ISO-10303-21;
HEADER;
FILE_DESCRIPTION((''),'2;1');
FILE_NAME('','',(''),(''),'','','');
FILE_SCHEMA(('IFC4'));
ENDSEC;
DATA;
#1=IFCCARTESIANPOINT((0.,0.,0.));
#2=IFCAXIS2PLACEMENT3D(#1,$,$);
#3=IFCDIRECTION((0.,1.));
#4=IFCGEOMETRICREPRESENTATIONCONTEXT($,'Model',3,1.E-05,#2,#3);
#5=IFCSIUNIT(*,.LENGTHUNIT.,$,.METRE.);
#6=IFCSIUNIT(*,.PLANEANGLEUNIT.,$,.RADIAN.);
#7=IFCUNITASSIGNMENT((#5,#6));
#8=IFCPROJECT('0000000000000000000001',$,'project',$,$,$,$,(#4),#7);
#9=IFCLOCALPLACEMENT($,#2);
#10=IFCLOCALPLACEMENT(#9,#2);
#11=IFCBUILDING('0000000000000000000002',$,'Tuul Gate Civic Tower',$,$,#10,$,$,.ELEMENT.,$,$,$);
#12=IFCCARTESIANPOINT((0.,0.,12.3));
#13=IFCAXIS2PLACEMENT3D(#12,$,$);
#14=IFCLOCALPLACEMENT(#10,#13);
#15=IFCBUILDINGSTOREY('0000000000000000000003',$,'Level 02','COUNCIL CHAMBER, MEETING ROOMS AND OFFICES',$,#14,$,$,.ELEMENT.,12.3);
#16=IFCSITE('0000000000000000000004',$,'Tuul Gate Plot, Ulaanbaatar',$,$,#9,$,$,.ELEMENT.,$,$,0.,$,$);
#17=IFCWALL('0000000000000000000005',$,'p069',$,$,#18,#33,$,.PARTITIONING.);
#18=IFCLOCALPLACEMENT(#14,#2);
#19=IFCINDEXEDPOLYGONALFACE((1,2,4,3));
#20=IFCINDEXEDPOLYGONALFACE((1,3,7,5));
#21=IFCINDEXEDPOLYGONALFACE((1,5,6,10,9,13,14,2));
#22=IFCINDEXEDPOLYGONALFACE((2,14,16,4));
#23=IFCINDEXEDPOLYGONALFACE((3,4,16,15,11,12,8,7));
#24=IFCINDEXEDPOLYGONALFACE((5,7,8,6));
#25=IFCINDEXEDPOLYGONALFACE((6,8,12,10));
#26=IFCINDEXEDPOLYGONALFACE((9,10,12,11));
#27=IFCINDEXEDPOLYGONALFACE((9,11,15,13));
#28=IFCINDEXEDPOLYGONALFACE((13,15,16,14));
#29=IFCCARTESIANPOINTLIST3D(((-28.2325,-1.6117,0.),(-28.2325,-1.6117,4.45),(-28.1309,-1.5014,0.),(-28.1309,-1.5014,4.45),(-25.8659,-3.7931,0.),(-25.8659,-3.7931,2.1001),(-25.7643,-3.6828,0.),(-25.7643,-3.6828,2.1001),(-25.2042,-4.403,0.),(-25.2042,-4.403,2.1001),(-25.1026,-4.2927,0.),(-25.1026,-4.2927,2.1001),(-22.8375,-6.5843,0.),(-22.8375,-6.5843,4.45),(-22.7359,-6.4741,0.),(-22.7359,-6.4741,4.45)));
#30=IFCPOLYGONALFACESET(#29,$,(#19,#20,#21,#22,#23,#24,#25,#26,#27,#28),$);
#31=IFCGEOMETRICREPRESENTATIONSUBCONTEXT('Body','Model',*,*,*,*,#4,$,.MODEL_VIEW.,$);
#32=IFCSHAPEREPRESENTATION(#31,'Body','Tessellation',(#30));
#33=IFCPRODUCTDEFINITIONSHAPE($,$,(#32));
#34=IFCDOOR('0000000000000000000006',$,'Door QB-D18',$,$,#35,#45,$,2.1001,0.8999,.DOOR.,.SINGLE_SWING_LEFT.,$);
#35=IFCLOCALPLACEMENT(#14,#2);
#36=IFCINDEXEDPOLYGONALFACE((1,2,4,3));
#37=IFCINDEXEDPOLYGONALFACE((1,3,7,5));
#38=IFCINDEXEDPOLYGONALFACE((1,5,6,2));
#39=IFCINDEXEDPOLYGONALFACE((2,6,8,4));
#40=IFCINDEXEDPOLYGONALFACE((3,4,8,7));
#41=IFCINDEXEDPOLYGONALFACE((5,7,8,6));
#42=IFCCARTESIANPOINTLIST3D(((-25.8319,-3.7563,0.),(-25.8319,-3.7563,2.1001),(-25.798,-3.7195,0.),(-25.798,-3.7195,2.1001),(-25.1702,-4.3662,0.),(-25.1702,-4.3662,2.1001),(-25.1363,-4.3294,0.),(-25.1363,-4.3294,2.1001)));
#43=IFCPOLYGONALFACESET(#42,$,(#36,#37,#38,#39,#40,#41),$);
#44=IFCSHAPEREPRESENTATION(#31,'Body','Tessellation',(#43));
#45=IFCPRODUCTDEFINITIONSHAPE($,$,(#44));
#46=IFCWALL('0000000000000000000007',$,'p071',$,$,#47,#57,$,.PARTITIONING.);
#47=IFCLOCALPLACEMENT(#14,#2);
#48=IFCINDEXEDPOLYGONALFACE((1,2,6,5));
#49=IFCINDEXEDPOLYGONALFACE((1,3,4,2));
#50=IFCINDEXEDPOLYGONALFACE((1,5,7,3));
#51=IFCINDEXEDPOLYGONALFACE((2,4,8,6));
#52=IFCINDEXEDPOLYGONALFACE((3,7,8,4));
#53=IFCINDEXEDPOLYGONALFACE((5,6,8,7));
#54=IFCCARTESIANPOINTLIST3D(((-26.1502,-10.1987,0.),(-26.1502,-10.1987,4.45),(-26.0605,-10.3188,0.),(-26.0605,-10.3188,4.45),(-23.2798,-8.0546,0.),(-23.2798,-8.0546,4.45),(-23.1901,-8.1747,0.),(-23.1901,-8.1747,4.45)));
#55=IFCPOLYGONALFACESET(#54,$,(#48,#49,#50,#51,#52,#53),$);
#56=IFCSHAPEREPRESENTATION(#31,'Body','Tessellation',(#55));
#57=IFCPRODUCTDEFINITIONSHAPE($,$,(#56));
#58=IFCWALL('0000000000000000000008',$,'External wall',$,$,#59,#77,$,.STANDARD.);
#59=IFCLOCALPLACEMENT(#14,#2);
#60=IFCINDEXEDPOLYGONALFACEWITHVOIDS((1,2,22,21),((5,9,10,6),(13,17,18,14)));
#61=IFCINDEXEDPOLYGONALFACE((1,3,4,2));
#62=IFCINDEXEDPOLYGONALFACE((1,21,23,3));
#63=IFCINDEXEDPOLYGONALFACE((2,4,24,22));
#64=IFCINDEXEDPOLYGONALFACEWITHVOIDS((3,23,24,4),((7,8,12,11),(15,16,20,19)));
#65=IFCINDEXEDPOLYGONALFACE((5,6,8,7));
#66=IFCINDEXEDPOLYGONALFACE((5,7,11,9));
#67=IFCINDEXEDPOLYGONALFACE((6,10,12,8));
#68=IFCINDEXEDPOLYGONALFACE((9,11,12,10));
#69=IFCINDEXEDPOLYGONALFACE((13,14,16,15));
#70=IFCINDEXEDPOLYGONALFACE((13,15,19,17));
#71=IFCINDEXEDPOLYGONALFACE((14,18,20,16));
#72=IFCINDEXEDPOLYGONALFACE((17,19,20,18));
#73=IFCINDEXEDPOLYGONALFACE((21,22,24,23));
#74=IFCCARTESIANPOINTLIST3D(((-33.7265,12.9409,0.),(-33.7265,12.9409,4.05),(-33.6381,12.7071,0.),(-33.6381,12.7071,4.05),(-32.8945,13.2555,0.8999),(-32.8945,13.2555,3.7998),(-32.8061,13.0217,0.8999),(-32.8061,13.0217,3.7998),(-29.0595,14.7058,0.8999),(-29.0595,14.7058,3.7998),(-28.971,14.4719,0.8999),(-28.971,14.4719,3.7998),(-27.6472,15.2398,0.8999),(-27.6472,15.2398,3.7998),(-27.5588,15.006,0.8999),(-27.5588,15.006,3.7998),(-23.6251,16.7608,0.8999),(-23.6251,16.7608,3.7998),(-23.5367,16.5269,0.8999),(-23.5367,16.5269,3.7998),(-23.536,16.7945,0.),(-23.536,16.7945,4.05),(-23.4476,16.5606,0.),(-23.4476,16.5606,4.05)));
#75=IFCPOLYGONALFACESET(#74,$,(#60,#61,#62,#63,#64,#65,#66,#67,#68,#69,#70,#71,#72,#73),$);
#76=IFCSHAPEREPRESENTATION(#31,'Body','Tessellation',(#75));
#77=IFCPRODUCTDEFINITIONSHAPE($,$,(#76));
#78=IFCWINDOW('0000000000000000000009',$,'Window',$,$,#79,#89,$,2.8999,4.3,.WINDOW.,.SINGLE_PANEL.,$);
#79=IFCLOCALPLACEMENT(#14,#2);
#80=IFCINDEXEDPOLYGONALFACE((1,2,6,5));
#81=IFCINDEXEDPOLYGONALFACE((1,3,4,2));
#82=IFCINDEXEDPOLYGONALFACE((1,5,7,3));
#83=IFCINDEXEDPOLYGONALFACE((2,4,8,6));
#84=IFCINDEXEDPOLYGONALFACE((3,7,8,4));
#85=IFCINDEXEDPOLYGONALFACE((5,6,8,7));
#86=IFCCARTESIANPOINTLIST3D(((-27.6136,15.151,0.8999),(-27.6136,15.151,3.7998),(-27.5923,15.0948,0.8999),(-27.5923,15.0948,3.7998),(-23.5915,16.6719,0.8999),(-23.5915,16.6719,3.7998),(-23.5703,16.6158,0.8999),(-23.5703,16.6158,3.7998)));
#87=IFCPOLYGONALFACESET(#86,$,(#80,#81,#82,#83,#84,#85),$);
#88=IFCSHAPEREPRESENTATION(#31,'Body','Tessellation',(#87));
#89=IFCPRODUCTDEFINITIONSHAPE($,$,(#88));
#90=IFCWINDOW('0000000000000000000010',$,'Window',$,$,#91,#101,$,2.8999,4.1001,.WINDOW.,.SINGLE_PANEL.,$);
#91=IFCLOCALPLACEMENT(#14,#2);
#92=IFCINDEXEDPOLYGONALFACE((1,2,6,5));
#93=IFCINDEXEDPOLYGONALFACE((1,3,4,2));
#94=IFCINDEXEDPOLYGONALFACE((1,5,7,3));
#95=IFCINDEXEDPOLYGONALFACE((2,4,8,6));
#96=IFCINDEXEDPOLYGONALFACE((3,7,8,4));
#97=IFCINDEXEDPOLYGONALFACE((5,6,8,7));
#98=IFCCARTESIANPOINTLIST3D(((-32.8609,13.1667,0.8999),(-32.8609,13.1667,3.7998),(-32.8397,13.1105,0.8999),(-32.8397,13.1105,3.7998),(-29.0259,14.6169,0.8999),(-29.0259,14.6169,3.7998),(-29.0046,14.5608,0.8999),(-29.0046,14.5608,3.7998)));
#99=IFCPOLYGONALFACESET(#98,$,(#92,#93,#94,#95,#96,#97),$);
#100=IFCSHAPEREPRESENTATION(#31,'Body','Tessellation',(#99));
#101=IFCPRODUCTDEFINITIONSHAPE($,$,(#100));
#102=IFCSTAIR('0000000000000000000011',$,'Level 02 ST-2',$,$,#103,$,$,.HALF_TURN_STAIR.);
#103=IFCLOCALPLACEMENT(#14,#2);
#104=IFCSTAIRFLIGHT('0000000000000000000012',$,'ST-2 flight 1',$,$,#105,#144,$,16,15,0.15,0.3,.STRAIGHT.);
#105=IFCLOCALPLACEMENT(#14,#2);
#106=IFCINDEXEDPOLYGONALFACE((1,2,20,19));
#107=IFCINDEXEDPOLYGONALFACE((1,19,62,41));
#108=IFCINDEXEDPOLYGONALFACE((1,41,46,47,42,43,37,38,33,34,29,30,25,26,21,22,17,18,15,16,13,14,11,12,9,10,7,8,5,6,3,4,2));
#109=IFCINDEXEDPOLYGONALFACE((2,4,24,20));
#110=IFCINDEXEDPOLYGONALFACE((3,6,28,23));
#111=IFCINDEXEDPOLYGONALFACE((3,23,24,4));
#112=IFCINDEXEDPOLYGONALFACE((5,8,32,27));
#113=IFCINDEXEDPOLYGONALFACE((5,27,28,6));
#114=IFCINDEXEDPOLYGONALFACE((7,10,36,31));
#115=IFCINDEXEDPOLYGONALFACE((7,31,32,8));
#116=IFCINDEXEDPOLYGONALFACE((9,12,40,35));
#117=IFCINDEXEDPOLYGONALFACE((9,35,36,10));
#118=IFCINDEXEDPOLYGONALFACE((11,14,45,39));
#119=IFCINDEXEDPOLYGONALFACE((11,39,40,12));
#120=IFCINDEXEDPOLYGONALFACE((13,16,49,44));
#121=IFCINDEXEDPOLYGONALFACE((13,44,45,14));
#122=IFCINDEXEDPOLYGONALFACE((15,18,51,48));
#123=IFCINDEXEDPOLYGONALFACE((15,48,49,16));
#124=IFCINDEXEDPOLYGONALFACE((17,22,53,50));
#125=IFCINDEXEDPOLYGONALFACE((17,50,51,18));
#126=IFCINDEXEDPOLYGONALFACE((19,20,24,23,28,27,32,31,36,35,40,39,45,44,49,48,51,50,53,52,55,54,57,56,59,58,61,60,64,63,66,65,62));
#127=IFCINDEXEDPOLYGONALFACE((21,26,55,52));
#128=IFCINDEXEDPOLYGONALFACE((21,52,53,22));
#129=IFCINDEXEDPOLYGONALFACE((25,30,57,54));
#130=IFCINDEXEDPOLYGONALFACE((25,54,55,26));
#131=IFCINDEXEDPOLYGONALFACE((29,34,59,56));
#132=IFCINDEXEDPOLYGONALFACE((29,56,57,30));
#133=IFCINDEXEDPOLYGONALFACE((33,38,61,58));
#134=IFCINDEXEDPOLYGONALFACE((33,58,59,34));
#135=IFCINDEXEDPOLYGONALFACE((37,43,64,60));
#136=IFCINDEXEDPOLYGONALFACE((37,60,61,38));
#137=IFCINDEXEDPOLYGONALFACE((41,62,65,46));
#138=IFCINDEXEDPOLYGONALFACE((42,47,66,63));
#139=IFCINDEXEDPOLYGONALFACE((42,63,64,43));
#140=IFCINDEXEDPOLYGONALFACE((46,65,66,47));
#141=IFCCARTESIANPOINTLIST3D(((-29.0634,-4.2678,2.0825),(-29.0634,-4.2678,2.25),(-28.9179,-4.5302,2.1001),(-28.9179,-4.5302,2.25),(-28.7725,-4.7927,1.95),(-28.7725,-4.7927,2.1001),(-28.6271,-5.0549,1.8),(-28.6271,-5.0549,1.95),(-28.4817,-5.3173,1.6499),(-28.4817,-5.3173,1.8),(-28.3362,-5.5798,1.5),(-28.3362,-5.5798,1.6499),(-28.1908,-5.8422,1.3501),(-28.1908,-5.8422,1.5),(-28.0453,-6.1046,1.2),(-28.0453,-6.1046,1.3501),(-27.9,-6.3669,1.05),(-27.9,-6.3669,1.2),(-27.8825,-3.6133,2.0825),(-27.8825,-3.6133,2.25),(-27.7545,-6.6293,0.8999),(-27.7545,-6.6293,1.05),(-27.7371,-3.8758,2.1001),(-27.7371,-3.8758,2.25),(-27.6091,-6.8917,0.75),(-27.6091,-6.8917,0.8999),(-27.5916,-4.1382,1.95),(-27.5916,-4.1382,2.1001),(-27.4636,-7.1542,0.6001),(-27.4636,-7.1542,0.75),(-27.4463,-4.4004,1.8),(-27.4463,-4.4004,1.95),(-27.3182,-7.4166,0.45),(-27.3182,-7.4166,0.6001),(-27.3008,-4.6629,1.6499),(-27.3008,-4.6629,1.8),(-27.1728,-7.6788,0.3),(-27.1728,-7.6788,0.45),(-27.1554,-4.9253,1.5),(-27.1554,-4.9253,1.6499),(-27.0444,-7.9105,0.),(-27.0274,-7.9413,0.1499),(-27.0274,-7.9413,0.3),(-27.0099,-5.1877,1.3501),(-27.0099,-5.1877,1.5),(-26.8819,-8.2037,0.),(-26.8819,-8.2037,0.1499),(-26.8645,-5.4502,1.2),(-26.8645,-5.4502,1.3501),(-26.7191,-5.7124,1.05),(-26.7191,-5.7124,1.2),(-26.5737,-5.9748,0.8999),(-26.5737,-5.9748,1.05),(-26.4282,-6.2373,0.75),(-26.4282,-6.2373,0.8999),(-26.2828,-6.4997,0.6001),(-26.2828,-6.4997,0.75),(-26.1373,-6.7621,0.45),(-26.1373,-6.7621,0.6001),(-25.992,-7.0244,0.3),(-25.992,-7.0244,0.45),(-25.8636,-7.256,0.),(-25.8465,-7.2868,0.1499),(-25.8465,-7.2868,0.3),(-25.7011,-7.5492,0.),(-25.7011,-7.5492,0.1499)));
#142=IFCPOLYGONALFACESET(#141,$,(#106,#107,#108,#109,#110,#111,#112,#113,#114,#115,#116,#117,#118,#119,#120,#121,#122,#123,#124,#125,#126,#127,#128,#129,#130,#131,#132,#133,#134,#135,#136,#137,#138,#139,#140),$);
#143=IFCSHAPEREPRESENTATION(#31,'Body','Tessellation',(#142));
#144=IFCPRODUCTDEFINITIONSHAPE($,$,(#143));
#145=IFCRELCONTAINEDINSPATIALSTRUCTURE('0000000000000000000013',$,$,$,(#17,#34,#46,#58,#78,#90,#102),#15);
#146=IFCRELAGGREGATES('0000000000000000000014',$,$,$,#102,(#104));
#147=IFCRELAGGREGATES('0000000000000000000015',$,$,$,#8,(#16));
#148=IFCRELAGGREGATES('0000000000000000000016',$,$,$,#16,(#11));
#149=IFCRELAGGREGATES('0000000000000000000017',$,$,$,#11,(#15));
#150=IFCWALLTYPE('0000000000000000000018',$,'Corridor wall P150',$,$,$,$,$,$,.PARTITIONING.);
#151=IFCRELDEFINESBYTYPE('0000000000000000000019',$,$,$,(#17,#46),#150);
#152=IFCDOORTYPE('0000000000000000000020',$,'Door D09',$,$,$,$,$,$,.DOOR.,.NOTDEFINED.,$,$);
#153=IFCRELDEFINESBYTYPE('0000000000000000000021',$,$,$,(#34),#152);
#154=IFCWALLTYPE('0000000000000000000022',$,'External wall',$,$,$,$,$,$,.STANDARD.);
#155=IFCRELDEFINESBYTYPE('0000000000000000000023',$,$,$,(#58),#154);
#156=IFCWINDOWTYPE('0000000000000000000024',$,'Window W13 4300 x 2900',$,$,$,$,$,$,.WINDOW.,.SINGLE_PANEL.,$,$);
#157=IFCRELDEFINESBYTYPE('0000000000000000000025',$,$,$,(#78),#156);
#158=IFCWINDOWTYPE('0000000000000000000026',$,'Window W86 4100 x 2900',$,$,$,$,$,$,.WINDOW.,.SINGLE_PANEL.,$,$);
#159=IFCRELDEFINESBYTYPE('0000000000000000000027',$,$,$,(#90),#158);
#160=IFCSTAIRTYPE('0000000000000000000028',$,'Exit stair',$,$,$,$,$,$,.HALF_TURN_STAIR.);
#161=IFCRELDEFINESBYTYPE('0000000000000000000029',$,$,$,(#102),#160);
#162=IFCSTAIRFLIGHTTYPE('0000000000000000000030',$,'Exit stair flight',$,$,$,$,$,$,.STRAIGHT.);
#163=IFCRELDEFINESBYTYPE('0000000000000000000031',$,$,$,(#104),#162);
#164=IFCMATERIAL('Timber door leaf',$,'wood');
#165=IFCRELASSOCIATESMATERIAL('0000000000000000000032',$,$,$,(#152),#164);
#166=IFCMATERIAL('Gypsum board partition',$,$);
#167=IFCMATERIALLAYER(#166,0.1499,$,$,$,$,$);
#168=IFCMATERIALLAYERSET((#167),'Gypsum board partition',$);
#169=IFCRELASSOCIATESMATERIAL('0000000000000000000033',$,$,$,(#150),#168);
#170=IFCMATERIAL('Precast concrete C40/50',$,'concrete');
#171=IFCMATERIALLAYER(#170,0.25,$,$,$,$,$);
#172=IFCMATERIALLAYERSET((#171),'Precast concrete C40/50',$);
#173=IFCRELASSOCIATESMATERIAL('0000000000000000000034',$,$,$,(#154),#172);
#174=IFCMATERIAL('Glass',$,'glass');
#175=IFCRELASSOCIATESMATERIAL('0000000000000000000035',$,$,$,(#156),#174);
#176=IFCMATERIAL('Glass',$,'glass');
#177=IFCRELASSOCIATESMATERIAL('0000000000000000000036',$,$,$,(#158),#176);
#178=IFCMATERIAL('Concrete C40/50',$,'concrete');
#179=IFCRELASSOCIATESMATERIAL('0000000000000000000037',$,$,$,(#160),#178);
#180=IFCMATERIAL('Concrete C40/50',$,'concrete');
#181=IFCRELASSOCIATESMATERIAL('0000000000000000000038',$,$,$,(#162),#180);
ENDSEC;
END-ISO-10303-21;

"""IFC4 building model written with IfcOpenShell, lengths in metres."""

from ifc_helpers import new_model, si_unit, direction, frame, frame_2d, origin, place, context, subcontext, project, spatial, polyline, rectangle, outline, extrude, material, layer, layer_set, type_object, element, fill, aggregate, save


model = new_model("IFC4")

# Units and contexts
model_context = context("Model", 3, precision=1e-05, world=origin(), true_north=direction((0.0, 1.0)))
body_context = subcontext(model_context, "Body", "Model", "MODEL_VIEW")
ifc_project = project(units=[si_unit("LENGTHUNIT", "METRE"), si_unit("PLANEANGLEUNIT", "RADIAN")], contexts=[model_context])

# Site, building, storey
site_placement = place(None, origin())
site = spatial("IfcSite", under=ifc_project, at=site_placement, Name="Tuul Gate Plot, Ulaanbaatar", CompositionType="ELEMENT", RefElevation=0.0)
building_placement = place(site_placement, origin())
building = spatial("IfcBuilding", under=site, at=building_placement, Name="Tuul Gate Civic Tower", CompositionType="ELEMENT")
storey_placement = place(building_placement, frame((0.0, 0.0, 12.3)))
storey = spatial("IfcBuildingStorey", under=building, at=storey_placement, Name="Level 02", Description="COUNCIL CHAMBER, MEETING ROOMS AND OFFICES", CompositionType="ELEMENT", Elevation=12.3)

# Shared definitions
ifc_material_1 = material(Name="Timber door leaf", Category="wood")
door_type_1 = type_object("IfcDoorType", Name="Door D09", OperationType="NOTDEFINED", PredefinedType="DOOR", material=ifc_material_1)

# Shared definitions
ifc_material_2 = material(Name="Gypsum board partition")
ifc_layer_1 = layer(ifc_material_2, 0.1499)
ifc_layer_set_1 = layer_set([ifc_layer_1], Name="Gypsum board partition")
wall_type_1 = type_object("IfcWallType", Name="Corridor wall P150", PredefinedType="PARTITIONING", material=ifc_layer_set_1)

# Wall, opening, door
wall_1_placement = place(storey_placement, frame((-28.1816, -1.5566, 0.0), z_axis=(0.0, 0.0, 1.0), x_axis=(0.735303, -0.677738, 0.0)))
wall_1 = element("IfcWall", 1, at=wall_1_placement, inside=storey, type_object=wall_type_1, Name="p069", PredefinedType="PARTITIONING", context=body_context, shape_type="SweptSolid", body=[
    extrude(rectangle(XDim=7.3372, YDim=0.1499, at=frame_2d((3.6685, 0.0))), origin(), (0.0, 0.0, 1.0), 4.45),
])
opening_1_placement = place(wall_1_placement, frame((3.2185, 0.0, 0.0)))
opening_1 = element("IfcOpeningElement", 2, at=opening_1_placement, cuts=wall_1, PredefinedType="OPENING", context=body_context, shape_type="SweptSolid", body=[
    extrude(rectangle(XDim=0.8999, YDim=2.1001, at=frame_2d((0.45, 1.05))), frame((0.0, 0.085, 0.0), z_axis=(0.0, -1.0, 0.0), x_axis=(1.0, 0.0, 0.0)), (0.0, 0.0, 1.0), 0.1699),
])
door_1_placement = place(opening_1_placement, frame((0.8999, 0.0, 0.0), z_axis=(0.0, 0.0, 1.0), x_axis=(-1.0, 0.0, 0.0)))
door_1 = element("IfcDoor", 3, at=door_1_placement, inside=storey, type_object=door_type_1, Name="Door QB-D18", OperationType="SINGLE_SWING_LEFT", OverallHeight=2.1001, OverallWidth=0.8999, PredefinedType="DOOR", context=body_context, shape_type="SweptSolid", body=[
    extrude(rectangle(XDim=0.8999, YDim=2.1001, at=frame_2d((0.45, 1.05))), frame((0.0, 0.0249, 0.0), z_axis=(0.0, -1.0, 0.0), x_axis=(1.0, 0.0, 0.0)), (0.0, 0.0, 1.0), 0.05),
])
fill(opening_1, door_1)

# Wall
wall_2_placement = place(storey_placement, frame((-26.1055, -10.2588, 0.0), z_axis=(0.0, 0.0, 1.0), x_axis=(0.801168, 0.59844, 0.0)))
element("IfcWall", 4, at=wall_2_placement, inside=storey, type_object=wall_type_1, Name="p071", PredefinedType="PARTITIONING", context=body_context, shape_type="SweptSolid", body=[
    extrude(rectangle(XDim=3.5828, YDim=0.1499, at=frame_2d((1.7915, 0.0))), origin(), (0.0, 0.0, 1.0), 4.45),
])

# Wall, openings, windows
ifc_material_3 = material(Name="Precast concrete C40/50", Category="concrete")
ifc_layer_2 = layer(ifc_material_3, 0.25)
ifc_layer_set_2 = layer_set([ifc_layer_2], Name="Precast concrete C40/50")
wall_type_2 = type_object("IfcWallType", Name="External wall", PredefinedType="STANDARD", material=ifc_layer_set_2)
wall_3_placement = place(storey_placement, frame((-23.4919, 16.6775, 0.0), z_axis=(0.0, 0.0, 1.0), x_axis=(-0.935357, -0.353706, 0.0)))
wall_3 = element("IfcWall", 5, at=wall_3_placement, inside=storey, type_object=wall_type_2, Name="External wall", PredefinedType="STANDARD", context=body_context, shape_type="SweptSolid", body=[
    extrude(rectangle(XDim=10.8948, YDim=0.25, at=frame_2d((5.4473, 0.0))), origin(), (0.0, 0.0, 1.0), 4.05),
])
opening_2_placement = place(wall_3_placement, frame((0.0952, 0.0, 0.8999)))
opening_2 = element("IfcOpeningElement", 6, at=opening_2_placement, cuts=wall_3, PredefinedType="OPENING", context=body_context, shape_type="SweptSolid", body=[
    extrude(rectangle(XDim=4.3, YDim=2.8999, at=frame_2d((2.1499, 1.45))), frame((0.0, 0.135, 0.0), z_axis=(0.0, -1.0, 0.0), x_axis=(1.0, 0.0, 0.0)), (0.0, 0.0, 1.0), 0.27),
])
opening_3_placement = place(wall_3_placement, frame((5.905, 0.0, 0.8999)))
opening_3 = element("IfcOpeningElement", 7, at=opening_3_placement, cuts=wall_3, PredefinedType="OPENING", context=body_context, shape_type="SweptSolid", body=[
    extrude(rectangle(XDim=4.1001, YDim=2.8999, at=frame_2d((2.05, 1.45))), frame((0.0, 0.135, 0.0), z_axis=(0.0, -1.0, 0.0), x_axis=(1.0, 0.0, 0.0)), (0.0, 0.0, 1.0), 0.27),
])
ifc_material_4 = material(Name="Glass", Category="glass")
window_type_1 = type_object("IfcWindowType", Name="Window W13 4300 x 2900", PartitioningType="SINGLE_PANEL", PredefinedType="WINDOW", material=ifc_material_4)
window_1_placement = place(opening_2_placement, origin())
window_1 = element("IfcWindow", 8, at=window_1_placement, inside=storey, type_object=window_type_1, Name="Window", OverallHeight=2.8999, OverallWidth=4.3, PartitioningType="SINGLE_PANEL", PredefinedType="WINDOW", context=body_context, shape_type="SweptSolid", body=[
    extrude(rectangle(XDim=4.3, YDim=2.8999, at=frame_2d((2.1499, 1.45))), frame((0.0, 0.03, 0.0), z_axis=(0.0, -1.0, 0.0), x_axis=(1.0, 0.0, 0.0)), (0.0, 0.0, 1.0), 0.0601),
])
fill(opening_2, window_1)
ifc_material_5 = material(Name="Glass", Category="glass")
window_type_2 = type_object("IfcWindowType", Name="Window W86 4100 x 2900", PartitioningType="SINGLE_PANEL", PredefinedType="WINDOW", material=ifc_material_5)
window_2_placement = place(opening_3_placement, origin())
window_2 = element("IfcWindow", 9, at=window_2_placement, inside=storey, type_object=window_type_2, Name="Window", OverallHeight=2.8999, OverallWidth=4.1001, PartitioningType="SINGLE_PANEL", PredefinedType="WINDOW", context=body_context, shape_type="SweptSolid", body=[
    extrude(rectangle(XDim=4.1001, YDim=2.8999, at=frame_2d((2.05, 1.45))), frame((0.0, 0.03, 0.0), z_axis=(0.0, -1.0, 0.0), x_axis=(1.0, 0.0, 0.0)), (0.0, 0.0, 1.0), 0.0601),
])
fill(opening_3, window_2)

# Stair, stair flight
ifc_material_6 = material(Name="Concrete C40/50", Category="concrete")
stair_type = type_object("IfcStairType", Name="Exit stair", PredefinedType="HALF_TURN_STAIR", material=ifc_material_6)
stair_placement = place(storey_placement, origin())
stair = element("IfcStair", 10, at=stair_placement, inside=storey, type_object=stair_type, Name="Level 02 ST-2", PredefinedType="HALF_TURN_STAIR")
ifc_material_7 = material(Name="Concrete C40/50", Category="concrete")
stair_flight_type = type_object("IfcStairFlightType", Name="Exit stair flight", PredefinedType="STRAIGHT", material=ifc_material_7)
stair_flight_1_placement = place(storey_placement, frame((-26.2915, -7.8765, 0.0), z_axis=(0.0, 0.0, 1.0), x_axis=(-0.484762, 0.874646, 0.0)))
stair_flight_1 = element("IfcStairFlight", 11, at=stair_flight_1_placement, type_object=stair_flight_type, Name="ST-2 flight 1", NumberOfRisers=16, NumberOfTreads=15, PredefinedType="STRAIGHT", RiserHeight=0.15, TreadLength=0.3, context=body_context, shape_type="SweptSolid", body=[
    extrude(outline(polyline([(0.0, 0.0), (0.0, 0.1499), (0.3, 0.1499), (0.3, 0.3), (0.6001, 0.3), (0.6001, 0.45), (0.8999, 0.45), (0.8999, 0.6001), (1.2, 0.6001), (1.2, 0.75), (1.5, 0.75), (1.5, 0.8999), (1.8, 0.8999), (1.8, 1.05), (2.1001, 1.05), (2.1001, 1.2), (2.3999, 1.2), (2.3999, 1.3501), (2.7, 1.3501), (2.7, 1.5), (3.0, 1.5), (3.0, 1.6499), (3.3, 1.6499), (3.3, 1.8), (3.6001, 1.8), (3.6001, 1.95), (3.8999, 1.95), (3.8999, 2.1001), (4.2, 2.1001), (4.2, 2.25), (4.5, 2.25), (4.5, 2.3999), (4.5, 2.0825), (0.3352, 0.0), (0.0, 0.0)])), frame((0.0, 0.675, 0.0), z_axis=(0.0, -1.0, 0.0), x_axis=(1.0, 0.0, 0.0)), (0.0, 0.0, 1.0), 1.3501),
])
aggregate(stair, [stair_flight_1])

save(model, "model.ifc")
